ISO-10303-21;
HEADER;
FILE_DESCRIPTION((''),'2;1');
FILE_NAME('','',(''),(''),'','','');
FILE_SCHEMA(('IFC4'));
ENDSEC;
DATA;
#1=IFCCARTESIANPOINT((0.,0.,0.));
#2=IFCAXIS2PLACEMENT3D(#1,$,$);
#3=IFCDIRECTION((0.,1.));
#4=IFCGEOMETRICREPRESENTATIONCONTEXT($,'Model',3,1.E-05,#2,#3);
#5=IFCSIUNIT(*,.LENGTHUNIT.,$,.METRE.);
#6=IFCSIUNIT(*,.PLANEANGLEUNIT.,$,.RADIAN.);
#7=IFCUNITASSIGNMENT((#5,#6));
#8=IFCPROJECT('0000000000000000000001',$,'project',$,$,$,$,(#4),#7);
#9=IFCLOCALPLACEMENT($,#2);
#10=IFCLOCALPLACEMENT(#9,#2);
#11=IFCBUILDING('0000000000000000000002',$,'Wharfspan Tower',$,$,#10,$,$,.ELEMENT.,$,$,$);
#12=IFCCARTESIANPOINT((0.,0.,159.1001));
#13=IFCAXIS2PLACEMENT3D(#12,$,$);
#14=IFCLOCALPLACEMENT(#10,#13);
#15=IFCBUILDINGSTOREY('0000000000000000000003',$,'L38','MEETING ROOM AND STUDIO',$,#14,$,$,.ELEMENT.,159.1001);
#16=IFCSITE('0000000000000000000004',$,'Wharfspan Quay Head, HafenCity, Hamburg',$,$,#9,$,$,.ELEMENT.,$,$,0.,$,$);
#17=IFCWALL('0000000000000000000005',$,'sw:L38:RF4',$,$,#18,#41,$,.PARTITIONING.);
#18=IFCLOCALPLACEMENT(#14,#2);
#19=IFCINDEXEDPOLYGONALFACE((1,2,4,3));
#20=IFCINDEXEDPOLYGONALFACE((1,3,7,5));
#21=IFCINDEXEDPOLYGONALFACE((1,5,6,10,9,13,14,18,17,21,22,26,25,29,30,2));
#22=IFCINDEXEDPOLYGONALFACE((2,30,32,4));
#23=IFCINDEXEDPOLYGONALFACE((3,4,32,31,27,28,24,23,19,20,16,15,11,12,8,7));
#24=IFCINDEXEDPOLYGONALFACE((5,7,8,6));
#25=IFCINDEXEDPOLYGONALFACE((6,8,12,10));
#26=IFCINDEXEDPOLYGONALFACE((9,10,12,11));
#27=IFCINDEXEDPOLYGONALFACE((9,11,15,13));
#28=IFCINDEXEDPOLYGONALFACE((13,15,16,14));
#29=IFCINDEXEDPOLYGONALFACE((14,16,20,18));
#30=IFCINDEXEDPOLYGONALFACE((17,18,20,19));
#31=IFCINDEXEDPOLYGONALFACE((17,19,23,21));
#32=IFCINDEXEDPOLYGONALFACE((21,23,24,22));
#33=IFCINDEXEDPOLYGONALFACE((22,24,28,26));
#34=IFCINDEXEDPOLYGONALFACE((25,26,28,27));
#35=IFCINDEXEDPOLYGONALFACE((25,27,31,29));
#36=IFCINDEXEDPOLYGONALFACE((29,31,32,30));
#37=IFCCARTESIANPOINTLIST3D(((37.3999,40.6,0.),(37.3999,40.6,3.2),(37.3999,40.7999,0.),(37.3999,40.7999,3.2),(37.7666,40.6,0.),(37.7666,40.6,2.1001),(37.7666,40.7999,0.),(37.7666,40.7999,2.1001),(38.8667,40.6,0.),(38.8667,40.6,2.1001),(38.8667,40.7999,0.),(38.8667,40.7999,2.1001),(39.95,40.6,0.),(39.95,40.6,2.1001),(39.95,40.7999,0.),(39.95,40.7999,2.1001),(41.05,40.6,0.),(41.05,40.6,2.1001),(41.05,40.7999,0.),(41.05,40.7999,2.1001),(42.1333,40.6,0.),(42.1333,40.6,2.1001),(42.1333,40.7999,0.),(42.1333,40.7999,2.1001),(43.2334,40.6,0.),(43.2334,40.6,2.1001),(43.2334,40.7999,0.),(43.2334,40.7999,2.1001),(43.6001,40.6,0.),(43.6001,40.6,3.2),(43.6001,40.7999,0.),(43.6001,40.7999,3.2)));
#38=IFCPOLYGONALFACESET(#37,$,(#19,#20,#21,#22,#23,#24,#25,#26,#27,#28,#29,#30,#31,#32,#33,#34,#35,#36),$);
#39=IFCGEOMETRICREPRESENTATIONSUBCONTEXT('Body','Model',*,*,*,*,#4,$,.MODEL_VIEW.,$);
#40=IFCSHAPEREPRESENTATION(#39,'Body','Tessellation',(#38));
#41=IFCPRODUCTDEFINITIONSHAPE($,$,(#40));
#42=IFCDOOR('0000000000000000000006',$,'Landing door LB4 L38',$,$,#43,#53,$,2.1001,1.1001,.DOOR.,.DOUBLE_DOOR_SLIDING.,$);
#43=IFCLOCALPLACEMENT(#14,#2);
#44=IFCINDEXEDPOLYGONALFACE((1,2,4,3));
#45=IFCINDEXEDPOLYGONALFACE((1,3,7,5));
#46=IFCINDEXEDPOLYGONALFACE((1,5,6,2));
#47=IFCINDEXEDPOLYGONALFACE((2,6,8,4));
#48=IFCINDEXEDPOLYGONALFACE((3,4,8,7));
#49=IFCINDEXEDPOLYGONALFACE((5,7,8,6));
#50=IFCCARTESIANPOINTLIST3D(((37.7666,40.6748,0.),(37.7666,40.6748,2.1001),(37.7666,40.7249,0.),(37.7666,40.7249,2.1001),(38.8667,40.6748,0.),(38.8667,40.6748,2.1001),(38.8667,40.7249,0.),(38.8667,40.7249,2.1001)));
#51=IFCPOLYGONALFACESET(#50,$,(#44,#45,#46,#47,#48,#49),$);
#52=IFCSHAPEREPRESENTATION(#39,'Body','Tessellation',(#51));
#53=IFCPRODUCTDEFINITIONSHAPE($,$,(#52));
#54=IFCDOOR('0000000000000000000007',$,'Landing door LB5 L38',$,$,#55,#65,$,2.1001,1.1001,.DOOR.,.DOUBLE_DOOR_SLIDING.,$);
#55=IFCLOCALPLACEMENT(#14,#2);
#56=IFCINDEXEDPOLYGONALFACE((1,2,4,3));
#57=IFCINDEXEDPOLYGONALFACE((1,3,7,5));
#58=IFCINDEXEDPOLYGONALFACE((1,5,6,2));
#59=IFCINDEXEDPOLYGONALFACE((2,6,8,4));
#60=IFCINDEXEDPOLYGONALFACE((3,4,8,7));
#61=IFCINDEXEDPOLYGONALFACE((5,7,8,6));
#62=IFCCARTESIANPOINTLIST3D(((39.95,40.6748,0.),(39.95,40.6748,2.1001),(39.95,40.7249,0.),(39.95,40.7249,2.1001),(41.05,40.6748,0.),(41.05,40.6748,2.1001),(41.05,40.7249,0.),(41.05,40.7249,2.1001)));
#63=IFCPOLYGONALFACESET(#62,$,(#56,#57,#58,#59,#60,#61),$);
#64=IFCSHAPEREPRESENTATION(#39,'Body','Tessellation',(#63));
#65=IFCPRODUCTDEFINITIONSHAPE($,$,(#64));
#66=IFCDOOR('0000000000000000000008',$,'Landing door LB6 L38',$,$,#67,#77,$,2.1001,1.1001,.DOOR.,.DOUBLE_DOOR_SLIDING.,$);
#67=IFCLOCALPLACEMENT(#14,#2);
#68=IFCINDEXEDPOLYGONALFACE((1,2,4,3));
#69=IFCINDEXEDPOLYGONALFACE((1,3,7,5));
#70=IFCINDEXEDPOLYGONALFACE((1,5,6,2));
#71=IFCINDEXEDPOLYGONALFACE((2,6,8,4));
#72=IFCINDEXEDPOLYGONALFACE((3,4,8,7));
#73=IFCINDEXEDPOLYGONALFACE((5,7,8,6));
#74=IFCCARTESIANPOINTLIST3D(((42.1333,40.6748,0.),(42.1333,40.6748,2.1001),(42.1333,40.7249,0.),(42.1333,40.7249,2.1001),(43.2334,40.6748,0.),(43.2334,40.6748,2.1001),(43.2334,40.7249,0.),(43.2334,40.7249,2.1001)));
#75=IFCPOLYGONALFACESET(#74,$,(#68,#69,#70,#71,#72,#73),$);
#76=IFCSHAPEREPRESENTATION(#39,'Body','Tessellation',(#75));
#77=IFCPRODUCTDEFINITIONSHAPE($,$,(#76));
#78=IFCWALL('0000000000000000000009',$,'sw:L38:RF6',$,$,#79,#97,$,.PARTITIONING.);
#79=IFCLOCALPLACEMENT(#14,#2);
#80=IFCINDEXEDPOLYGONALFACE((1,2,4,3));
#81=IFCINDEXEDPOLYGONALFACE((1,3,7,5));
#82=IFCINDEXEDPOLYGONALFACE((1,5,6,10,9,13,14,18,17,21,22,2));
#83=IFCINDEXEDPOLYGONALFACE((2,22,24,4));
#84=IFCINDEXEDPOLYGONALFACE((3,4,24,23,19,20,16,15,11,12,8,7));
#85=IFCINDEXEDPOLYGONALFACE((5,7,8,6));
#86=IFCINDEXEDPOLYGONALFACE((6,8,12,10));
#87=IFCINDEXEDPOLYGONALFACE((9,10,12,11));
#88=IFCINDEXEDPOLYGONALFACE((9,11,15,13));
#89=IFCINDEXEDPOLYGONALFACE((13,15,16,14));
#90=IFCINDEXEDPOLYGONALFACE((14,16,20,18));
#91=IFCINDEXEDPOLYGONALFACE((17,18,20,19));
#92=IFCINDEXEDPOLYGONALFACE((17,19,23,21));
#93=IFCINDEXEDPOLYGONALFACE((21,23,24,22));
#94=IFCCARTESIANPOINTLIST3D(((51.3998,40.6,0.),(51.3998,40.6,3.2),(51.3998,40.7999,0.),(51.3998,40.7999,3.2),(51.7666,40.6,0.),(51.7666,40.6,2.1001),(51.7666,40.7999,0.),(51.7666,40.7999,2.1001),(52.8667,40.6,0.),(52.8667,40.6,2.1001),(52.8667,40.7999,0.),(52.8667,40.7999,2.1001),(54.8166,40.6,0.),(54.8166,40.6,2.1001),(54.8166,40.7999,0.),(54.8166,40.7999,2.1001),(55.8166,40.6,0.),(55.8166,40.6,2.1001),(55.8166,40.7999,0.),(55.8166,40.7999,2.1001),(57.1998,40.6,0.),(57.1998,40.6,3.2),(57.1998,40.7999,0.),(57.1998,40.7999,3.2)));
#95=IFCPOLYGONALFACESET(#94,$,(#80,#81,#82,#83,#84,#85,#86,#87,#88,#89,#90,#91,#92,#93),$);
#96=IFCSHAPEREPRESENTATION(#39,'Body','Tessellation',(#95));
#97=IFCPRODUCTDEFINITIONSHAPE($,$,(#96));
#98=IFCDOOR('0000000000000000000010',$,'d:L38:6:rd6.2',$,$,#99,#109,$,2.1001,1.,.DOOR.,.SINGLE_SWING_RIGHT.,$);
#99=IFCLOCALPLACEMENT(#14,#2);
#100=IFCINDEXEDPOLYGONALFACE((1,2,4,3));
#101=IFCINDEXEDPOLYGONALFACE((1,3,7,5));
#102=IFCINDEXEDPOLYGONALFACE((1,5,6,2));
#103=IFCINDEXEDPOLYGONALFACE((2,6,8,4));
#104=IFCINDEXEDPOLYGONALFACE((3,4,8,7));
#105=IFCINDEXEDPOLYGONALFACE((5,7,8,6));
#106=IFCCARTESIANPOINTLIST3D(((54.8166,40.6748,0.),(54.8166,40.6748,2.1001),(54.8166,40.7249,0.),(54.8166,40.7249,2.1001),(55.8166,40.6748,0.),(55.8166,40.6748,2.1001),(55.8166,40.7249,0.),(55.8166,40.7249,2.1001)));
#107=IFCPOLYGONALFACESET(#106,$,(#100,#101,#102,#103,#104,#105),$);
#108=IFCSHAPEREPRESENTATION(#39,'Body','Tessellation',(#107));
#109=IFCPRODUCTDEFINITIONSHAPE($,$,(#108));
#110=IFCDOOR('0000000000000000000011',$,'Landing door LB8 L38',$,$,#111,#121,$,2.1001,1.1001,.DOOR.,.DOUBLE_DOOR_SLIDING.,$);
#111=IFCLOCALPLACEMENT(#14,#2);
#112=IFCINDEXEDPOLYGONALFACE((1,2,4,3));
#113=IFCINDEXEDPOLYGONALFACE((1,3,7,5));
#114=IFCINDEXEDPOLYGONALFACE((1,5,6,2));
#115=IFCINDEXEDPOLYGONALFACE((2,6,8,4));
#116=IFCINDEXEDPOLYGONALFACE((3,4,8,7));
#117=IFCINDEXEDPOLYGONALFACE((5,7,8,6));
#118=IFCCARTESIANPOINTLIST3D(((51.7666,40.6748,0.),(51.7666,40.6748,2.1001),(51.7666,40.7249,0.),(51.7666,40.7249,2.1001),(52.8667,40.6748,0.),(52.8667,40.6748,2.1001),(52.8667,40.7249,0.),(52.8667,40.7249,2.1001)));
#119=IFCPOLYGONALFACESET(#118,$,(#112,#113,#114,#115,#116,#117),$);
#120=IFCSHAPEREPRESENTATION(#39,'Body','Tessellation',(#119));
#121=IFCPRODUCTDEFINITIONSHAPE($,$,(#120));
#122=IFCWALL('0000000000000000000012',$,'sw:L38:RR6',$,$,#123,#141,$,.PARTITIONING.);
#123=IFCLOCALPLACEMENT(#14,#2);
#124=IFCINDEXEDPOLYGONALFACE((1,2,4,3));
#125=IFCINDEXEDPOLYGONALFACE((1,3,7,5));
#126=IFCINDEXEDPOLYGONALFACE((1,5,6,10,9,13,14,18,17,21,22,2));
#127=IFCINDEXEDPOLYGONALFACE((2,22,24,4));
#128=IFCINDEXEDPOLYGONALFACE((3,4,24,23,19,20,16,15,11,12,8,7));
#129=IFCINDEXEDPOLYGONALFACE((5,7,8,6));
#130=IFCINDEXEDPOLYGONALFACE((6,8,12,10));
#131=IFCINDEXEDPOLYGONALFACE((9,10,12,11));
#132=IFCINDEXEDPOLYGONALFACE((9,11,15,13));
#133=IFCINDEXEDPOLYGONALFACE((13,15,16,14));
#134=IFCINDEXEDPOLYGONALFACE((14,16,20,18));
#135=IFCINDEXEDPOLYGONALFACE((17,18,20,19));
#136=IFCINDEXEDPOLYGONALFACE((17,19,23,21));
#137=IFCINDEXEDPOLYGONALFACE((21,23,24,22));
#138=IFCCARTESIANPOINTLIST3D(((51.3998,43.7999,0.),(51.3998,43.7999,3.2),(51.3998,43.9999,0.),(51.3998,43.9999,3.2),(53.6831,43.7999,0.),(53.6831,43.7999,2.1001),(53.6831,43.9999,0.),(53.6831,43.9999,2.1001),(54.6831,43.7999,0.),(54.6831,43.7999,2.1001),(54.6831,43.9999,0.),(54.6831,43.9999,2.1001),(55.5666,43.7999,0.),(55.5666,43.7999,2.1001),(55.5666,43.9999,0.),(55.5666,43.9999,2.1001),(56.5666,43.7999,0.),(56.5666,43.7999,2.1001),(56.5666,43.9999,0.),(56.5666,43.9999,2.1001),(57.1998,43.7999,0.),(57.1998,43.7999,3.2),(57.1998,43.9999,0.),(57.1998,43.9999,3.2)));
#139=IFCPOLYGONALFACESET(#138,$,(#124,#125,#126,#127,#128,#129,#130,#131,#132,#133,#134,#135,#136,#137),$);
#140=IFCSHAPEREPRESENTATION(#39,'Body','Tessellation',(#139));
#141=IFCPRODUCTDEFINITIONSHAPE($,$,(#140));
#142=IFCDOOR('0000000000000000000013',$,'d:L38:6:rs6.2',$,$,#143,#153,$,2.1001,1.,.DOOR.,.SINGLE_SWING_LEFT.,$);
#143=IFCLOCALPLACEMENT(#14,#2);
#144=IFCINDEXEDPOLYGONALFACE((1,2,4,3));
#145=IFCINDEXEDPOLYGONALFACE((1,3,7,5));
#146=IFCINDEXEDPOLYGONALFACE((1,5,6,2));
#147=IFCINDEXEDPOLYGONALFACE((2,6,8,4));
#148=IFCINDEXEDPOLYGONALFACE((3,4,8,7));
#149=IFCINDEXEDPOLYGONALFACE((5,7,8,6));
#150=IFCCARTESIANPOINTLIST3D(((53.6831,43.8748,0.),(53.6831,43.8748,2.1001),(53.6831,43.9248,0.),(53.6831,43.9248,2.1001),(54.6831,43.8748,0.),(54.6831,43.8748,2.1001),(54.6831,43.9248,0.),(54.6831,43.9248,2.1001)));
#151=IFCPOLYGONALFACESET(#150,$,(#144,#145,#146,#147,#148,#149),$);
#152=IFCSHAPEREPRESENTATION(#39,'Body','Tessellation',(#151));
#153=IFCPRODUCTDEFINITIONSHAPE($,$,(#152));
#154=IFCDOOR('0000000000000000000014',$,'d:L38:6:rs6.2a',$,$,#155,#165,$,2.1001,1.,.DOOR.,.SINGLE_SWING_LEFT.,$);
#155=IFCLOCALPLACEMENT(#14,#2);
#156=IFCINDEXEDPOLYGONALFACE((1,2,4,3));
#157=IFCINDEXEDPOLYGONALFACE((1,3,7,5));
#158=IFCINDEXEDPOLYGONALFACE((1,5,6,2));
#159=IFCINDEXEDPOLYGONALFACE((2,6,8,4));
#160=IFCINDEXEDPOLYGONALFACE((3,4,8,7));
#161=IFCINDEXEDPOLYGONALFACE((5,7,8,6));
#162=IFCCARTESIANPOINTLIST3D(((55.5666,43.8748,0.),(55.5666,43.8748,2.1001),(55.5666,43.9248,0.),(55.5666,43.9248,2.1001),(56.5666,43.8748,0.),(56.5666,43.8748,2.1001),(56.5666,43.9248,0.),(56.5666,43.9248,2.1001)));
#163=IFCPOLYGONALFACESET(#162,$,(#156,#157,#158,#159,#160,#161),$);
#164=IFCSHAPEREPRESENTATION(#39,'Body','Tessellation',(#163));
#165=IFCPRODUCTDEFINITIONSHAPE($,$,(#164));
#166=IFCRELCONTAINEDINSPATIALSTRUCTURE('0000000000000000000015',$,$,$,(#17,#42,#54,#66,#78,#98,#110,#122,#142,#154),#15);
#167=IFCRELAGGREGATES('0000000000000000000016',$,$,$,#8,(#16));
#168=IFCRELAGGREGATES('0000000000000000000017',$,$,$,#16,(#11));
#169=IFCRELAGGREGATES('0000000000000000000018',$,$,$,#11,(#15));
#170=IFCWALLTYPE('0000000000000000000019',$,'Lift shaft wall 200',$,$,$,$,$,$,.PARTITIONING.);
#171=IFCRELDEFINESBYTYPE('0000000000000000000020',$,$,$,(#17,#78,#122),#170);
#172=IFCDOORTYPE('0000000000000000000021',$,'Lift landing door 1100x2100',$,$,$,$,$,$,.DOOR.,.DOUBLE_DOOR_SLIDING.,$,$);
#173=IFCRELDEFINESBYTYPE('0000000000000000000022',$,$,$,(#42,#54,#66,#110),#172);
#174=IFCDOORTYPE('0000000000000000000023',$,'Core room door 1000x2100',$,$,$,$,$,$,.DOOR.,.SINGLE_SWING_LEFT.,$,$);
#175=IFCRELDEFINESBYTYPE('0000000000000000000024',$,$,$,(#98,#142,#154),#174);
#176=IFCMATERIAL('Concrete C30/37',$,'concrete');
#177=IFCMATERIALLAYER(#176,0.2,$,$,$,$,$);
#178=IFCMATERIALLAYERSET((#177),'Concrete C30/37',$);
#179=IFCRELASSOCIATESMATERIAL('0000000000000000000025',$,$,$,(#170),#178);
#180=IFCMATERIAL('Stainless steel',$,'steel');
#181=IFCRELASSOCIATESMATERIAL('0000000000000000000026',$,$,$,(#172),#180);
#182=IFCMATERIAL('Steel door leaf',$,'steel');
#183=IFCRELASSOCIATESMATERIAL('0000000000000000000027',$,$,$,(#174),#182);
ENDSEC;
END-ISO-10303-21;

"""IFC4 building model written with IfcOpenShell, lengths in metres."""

from ifc_helpers import new_model, si_unit, direction, frame, frame_2d, origin, place, context, subcontext, project, spatial, rectangle, extrude, material, layer, layer_set, type_object, element, fill, save


model = new_model("IFC4")

# Units and contexts
model_context = context("Model", 3, precision=1e-05, world=origin(), true_north=direction((0.0, 1.0)))
body_context = subcontext(model_context, "Body", "Model", "MODEL_VIEW")
ifc_project = project(units=[si_unit("LENGTHUNIT", "METRE"), si_unit("PLANEANGLEUNIT", "RADIAN")], contexts=[model_context])

# Site, building, storey
site_placement = place(None, origin())
site = spatial("IfcSite", under=ifc_project, at=site_placement, Name="Wharfspan Quay Head, HafenCity, Hamburg", CompositionType="ELEMENT", RefElevation=0.0)
building_placement = place(site_placement, origin())
building = spatial("IfcBuilding", under=site, at=building_placement, Name="Wharfspan Tower", CompositionType="ELEMENT")
storey_placement = place(building_placement, frame((0.0, 0.0, 159.1001)))
storey = spatial("IfcBuildingStorey", under=building, at=storey_placement, Name="L38", Description="MEETING ROOM AND STUDIO", CompositionType="ELEMENT", Elevation=159.1001)

# Walls, openings, doors
ifc_material_1 = material(Name="Concrete C30/37", Category="concrete")
ifc_layer_1 = layer(ifc_material_1, 0.2)
ifc_layer_set_1 = layer_set([ifc_layer_1], Name="Concrete C30/37")
wall_type_1 = type_object("IfcWallType", Name="Lift shaft wall 200", PredefinedType="PARTITIONING", material=ifc_layer_set_1)
wall_1_placement = place(storey_placement, frame((37.3999, 40.7, 0.0), z_axis=(0.0, 0.0, 1.0), x_axis=(1.0, 0.0, 0.0)))
wall_1 = element("IfcWall", 1, at=wall_1_placement, inside=storey, type_object=wall_type_1, Name="sw:L38:RF4", PredefinedType="PARTITIONING", context=body_context, shape_type="SweptSolid", body=[
    extrude(rectangle(XDim=6.2002, YDim=0.2, at=frame_2d((3.1001, 0.0))), origin(), (0.0, 0.0, 1.0), 3.2),
])
opening_1_placement = place(wall_1_placement, frame((0.3667, 0.0, 0.0)))
opening_1 = element("IfcOpeningElement", 2, at=opening_1_placement, cuts=wall_1, PredefinedType="OPENING", context=body_context, shape_type="SweptSolid", body=[
    extrude(rectangle(XDim=1.1001, YDim=2.1001, at=frame_2d((0.55, 1.05))), frame((0.0, 0.1099, 0.0), z_axis=(0.0, -1.0, 0.0), x_axis=(1.0, 0.0, 0.0)), (0.0, 0.0, 1.0), 0.22),
])
opening_2_placement = place(wall_1_placement, frame((2.55, 0.0, 0.0)))
opening_2 = element("IfcOpeningElement", 3, at=opening_2_placement, cuts=wall_1, PredefinedType="OPENING", context=body_context, shape_type="SweptSolid", body=[
    extrude(rectangle(XDim=1.1001, YDim=2.1001, at=frame_2d((0.55, 1.05))), frame((0.0, 0.1099, 0.0), z_axis=(0.0, -1.0, 0.0), x_axis=(1.0, 0.0, 0.0)), (0.0, 0.0, 1.0), 0.22),
])
opening_3_placement = place(wall_1_placement, frame((4.7334, 0.0, 0.0)))
opening_3 = element("IfcOpeningElement", 4, at=opening_3_placement, cuts=wall_1, PredefinedType="OPENING", context=body_context, shape_type="SweptSolid", body=[
    extrude(rectangle(XDim=1.1001, YDim=2.1001, at=frame_2d((0.55, 1.05))), frame((0.0, 0.1099, 0.0), z_axis=(0.0, -1.0, 0.0), x_axis=(1.0, 0.0, 0.0)), (0.0, 0.0, 1.0), 0.22),
])
ifc_material_2 = material(Name="Stainless steel", Category="steel")
door_type_1 = type_object("IfcDoorType", Name="Lift landing door 1100x2100", OperationType="DOUBLE_DOOR_SLIDING", PredefinedType="DOOR", material=ifc_material_2)
door_1_placement = place(opening_1_placement, origin())
door_1 = element("IfcDoor", 5, at=door_1_placement, inside=storey, type_object=door_type_1, Name="Landing door LB4 L38", OperationType="DOUBLE_DOOR_SLIDING", OverallHeight=2.1001, OverallWidth=1.1001, PredefinedType="DOOR", context=body_context, shape_type="SweptSolid", body=[
    extrude(rectangle(XDim=1.1001, YDim=2.1001, at=frame_2d((0.55, 1.05))), frame((0.0, 0.0249, 0.0), z_axis=(0.0, -1.0, 0.0), x_axis=(1.0, 0.0, 0.0)), (0.0, 0.0, 1.0), 0.05),
])
fill(opening_1, door_1)
door_2_placement = place(opening_2_placement, origin())
door_2 = element("IfcDoor", 6, at=door_2_placement, inside=storey, type_object=door_type_1, Name="Landing door LB5 L38", OperationType="DOUBLE_DOOR_SLIDING", OverallHeight=2.1001, OverallWidth=1.1001, PredefinedType="DOOR", context=body_context, shape_type="SweptSolid", body=[
    extrude(rectangle(XDim=1.1001, YDim=2.1001, at=frame_2d((0.55, 1.05))), frame((0.0, 0.0249, 0.0), z_axis=(0.0, -1.0, 0.0), x_axis=(1.0, 0.0, 0.0)), (0.0, 0.0, 1.0), 0.05),
])
fill(opening_2, door_2)
door_3_placement = place(opening_3_placement, origin())
door_3 = element("IfcDoor", 7, at=door_3_placement, inside=storey, type_object=door_type_1, Name="Landing door LB6 L38", OperationType="DOUBLE_DOOR_SLIDING", OverallHeight=2.1001, OverallWidth=1.1001, PredefinedType="DOOR", context=body_context, shape_type="SweptSolid", body=[
    extrude(rectangle(XDim=1.1001, YDim=2.1001, at=frame_2d((0.55, 1.05))), frame((0.0, 0.0249, 0.0), z_axis=(0.0, -1.0, 0.0), x_axis=(1.0, 0.0, 0.0)), (0.0, 0.0, 1.0), 0.05),
])
fill(opening_3, door_3)
wall_2_placement = place(storey_placement, frame((51.3999, 40.7, 0.0), z_axis=(0.0, 0.0, 1.0), x_axis=(1.0, 0.0, 0.0)))
wall_2 = element("IfcWall", 8, at=wall_2_placement, inside=storey, type_object=wall_type_1, Name="sw:L38:RF6", PredefinedType="PARTITIONING", context=body_context, shape_type="SweptSolid", body=[
    extrude(rectangle(XDim=5.8, YDim=0.2, at=frame_2d((2.8999, 0.0))), origin(), (0.0, 0.0, 1.0), 3.2),
])
opening_4_placement = place(wall_2_placement, frame((0.3667, 0.0, 0.0)))
opening_4 = element("IfcOpeningElement", 9, at=opening_4_placement, cuts=wall_2, PredefinedType="OPENING", context=body_context, shape_type="SweptSolid", body=[
    extrude(rectangle(XDim=1.1001, YDim=2.1001, at=frame_2d((0.55, 1.05))), frame((0.0, 0.1099, 0.0), z_axis=(0.0, -1.0, 0.0), x_axis=(1.0, 0.0, 0.0)), (0.0, 0.0, 1.0), 0.22),
])
opening_5_placement = place(wall_2_placement, frame((3.4167, 0.0, 0.0)))
opening_5 = element("IfcOpeningElement", 10, at=opening_5_placement, cuts=wall_2, PredefinedType="OPENING", context=body_context, shape_type="SweptSolid", body=[
    extrude(rectangle(XDim=1.0, YDim=2.1001, at=frame_2d((0.5, 1.05))), frame((0.0, 0.1099, 0.0), z_axis=(0.0, -1.0, 0.0), x_axis=(1.0, 0.0, 0.0)), (0.0, 0.0, 1.0), 0.22),
])
ifc_material_3 = material(Name="Steel door leaf", Category="steel")
door_type_2 = type_object("IfcDoorType", Name="Core room door 1000x2100", OperationType="SINGLE_SWING_LEFT", PredefinedType="DOOR", material=ifc_material_3)
door_4_placement = place(opening_5_placement, origin())
door_4 = element("IfcDoor", 11, at=door_4_placement, inside=storey, type_object=door_type_2, Name="d:L38:6:rd6.2", OperationType="SINGLE_SWING_RIGHT", OverallHeight=2.1001, OverallWidth=1.0, PredefinedType="DOOR", context=body_context, shape_type="SweptSolid", body=[
    extrude(rectangle(XDim=1.0, YDim=2.1001, at=frame_2d((0.5, 1.05))), frame((0.0, 0.0249, 0.0), z_axis=(0.0, -1.0, 0.0), x_axis=(1.0, 0.0, 0.0)), (0.0, 0.0, 1.0), 0.05),
])
fill(opening_5, door_4)
door_5_placement = place(opening_4_placement, origin())
door_5 = element("IfcDoor", 12, at=door_5_placement, inside=storey, type_object=door_type_1, Name="Landing door LB8 L38", OperationType="DOUBLE_DOOR_SLIDING", OverallHeight=2.1001, OverallWidth=1.1001, PredefinedType="DOOR", context=body_context, shape_type="SweptSolid", body=[
    extrude(rectangle(XDim=1.1001, YDim=2.1001, at=frame_2d((0.55, 1.05))), frame((0.0, 0.0249, 0.0), z_axis=(0.0, -1.0, 0.0), x_axis=(1.0, 0.0, 0.0)), (0.0, 0.0, 1.0), 0.05),
])
fill(opening_4, door_5)
wall_3_placement = place(storey_placement, frame((51.3999, 43.8999, 0.0), z_axis=(0.0, 0.0, 1.0), x_axis=(1.0, 0.0, 0.0)))
wall_3 = element("IfcWall", 13, at=wall_3_placement, inside=storey, type_object=wall_type_1, Name="sw:L38:RR6", PredefinedType="PARTITIONING", context=body_context, shape_type="SweptSolid", body=[
    extrude(rectangle(XDim=5.8, YDim=0.2, at=frame_2d((2.8999, 0.0))), origin(), (0.0, 0.0, 1.0), 3.2),
])
opening_6_placement = place(wall_3_placement, frame((2.2832, 0.0, 0.0)))
opening_6 = element("IfcOpeningElement", 14, at=opening_6_placement, cuts=wall_3, PredefinedType="OPENING", context=body_context, shape_type="SweptSolid", body=[
    extrude(rectangle(XDim=1.0, YDim=2.1001, at=frame_2d((0.5, 1.05))), frame((0.0, 0.1099, 0.0), z_axis=(0.0, -1.0, 0.0), x_axis=(1.0, 0.0, 0.0)), (0.0, 0.0, 1.0), 0.22),
])
opening_7_placement = place(wall_3_placement, frame((4.1667, 0.0, 0.0)))
opening_7 = element("IfcOpeningElement", 15, at=opening_7_placement, cuts=wall_3, PredefinedType="OPENING", context=body_context, shape_type="SweptSolid", body=[
    extrude(rectangle(XDim=1.0, YDim=2.1001, at=frame_2d((0.5, 1.05))), frame((0.0, 0.1099, 0.0), z_axis=(0.0, -1.0, 0.0), x_axis=(1.0, 0.0, 0.0)), (0.0, 0.0, 1.0), 0.22),
])
door_6_placement = place(opening_6_placement, origin())
door_6 = element("IfcDoor", 16, at=door_6_placement, inside=storey, type_object=door_type_2, Name="d:L38:6:rs6.2", OperationType="SINGLE_SWING_LEFT", OverallHeight=2.1001, OverallWidth=1.0, PredefinedType="DOOR", context=body_context, shape_type="SweptSolid", body=[
    extrude(rectangle(XDim=1.0, YDim=2.1001, at=frame_2d((0.5, 1.05))), frame((0.0, 0.0249, 0.0), z_axis=(0.0, -1.0, 0.0), x_axis=(1.0, 0.0, 0.0)), (0.0, 0.0, 1.0), 0.05),
])
fill(opening_6, door_6)
door_7_placement = place(opening_7_placement, origin())
door_7 = element("IfcDoor", 17, at=door_7_placement, inside=storey, type_object=door_type_2, Name="d:L38:6:rs6.2a", OperationType="SINGLE_SWING_LEFT", OverallHeight=2.1001, OverallWidth=1.0, PredefinedType="DOOR", context=body_context, shape_type="SweptSolid", body=[
    extrude(rectangle(XDim=1.0, YDim=2.1001, at=frame_2d((0.5, 1.05))), frame((0.0, 0.0249, 0.0), z_axis=(0.0, -1.0, 0.0), x_axis=(1.0, 0.0, 0.0)), (0.0, 0.0, 1.0), 0.05),
])
fill(opening_7, door_7)

save(model, "model.ifc")
